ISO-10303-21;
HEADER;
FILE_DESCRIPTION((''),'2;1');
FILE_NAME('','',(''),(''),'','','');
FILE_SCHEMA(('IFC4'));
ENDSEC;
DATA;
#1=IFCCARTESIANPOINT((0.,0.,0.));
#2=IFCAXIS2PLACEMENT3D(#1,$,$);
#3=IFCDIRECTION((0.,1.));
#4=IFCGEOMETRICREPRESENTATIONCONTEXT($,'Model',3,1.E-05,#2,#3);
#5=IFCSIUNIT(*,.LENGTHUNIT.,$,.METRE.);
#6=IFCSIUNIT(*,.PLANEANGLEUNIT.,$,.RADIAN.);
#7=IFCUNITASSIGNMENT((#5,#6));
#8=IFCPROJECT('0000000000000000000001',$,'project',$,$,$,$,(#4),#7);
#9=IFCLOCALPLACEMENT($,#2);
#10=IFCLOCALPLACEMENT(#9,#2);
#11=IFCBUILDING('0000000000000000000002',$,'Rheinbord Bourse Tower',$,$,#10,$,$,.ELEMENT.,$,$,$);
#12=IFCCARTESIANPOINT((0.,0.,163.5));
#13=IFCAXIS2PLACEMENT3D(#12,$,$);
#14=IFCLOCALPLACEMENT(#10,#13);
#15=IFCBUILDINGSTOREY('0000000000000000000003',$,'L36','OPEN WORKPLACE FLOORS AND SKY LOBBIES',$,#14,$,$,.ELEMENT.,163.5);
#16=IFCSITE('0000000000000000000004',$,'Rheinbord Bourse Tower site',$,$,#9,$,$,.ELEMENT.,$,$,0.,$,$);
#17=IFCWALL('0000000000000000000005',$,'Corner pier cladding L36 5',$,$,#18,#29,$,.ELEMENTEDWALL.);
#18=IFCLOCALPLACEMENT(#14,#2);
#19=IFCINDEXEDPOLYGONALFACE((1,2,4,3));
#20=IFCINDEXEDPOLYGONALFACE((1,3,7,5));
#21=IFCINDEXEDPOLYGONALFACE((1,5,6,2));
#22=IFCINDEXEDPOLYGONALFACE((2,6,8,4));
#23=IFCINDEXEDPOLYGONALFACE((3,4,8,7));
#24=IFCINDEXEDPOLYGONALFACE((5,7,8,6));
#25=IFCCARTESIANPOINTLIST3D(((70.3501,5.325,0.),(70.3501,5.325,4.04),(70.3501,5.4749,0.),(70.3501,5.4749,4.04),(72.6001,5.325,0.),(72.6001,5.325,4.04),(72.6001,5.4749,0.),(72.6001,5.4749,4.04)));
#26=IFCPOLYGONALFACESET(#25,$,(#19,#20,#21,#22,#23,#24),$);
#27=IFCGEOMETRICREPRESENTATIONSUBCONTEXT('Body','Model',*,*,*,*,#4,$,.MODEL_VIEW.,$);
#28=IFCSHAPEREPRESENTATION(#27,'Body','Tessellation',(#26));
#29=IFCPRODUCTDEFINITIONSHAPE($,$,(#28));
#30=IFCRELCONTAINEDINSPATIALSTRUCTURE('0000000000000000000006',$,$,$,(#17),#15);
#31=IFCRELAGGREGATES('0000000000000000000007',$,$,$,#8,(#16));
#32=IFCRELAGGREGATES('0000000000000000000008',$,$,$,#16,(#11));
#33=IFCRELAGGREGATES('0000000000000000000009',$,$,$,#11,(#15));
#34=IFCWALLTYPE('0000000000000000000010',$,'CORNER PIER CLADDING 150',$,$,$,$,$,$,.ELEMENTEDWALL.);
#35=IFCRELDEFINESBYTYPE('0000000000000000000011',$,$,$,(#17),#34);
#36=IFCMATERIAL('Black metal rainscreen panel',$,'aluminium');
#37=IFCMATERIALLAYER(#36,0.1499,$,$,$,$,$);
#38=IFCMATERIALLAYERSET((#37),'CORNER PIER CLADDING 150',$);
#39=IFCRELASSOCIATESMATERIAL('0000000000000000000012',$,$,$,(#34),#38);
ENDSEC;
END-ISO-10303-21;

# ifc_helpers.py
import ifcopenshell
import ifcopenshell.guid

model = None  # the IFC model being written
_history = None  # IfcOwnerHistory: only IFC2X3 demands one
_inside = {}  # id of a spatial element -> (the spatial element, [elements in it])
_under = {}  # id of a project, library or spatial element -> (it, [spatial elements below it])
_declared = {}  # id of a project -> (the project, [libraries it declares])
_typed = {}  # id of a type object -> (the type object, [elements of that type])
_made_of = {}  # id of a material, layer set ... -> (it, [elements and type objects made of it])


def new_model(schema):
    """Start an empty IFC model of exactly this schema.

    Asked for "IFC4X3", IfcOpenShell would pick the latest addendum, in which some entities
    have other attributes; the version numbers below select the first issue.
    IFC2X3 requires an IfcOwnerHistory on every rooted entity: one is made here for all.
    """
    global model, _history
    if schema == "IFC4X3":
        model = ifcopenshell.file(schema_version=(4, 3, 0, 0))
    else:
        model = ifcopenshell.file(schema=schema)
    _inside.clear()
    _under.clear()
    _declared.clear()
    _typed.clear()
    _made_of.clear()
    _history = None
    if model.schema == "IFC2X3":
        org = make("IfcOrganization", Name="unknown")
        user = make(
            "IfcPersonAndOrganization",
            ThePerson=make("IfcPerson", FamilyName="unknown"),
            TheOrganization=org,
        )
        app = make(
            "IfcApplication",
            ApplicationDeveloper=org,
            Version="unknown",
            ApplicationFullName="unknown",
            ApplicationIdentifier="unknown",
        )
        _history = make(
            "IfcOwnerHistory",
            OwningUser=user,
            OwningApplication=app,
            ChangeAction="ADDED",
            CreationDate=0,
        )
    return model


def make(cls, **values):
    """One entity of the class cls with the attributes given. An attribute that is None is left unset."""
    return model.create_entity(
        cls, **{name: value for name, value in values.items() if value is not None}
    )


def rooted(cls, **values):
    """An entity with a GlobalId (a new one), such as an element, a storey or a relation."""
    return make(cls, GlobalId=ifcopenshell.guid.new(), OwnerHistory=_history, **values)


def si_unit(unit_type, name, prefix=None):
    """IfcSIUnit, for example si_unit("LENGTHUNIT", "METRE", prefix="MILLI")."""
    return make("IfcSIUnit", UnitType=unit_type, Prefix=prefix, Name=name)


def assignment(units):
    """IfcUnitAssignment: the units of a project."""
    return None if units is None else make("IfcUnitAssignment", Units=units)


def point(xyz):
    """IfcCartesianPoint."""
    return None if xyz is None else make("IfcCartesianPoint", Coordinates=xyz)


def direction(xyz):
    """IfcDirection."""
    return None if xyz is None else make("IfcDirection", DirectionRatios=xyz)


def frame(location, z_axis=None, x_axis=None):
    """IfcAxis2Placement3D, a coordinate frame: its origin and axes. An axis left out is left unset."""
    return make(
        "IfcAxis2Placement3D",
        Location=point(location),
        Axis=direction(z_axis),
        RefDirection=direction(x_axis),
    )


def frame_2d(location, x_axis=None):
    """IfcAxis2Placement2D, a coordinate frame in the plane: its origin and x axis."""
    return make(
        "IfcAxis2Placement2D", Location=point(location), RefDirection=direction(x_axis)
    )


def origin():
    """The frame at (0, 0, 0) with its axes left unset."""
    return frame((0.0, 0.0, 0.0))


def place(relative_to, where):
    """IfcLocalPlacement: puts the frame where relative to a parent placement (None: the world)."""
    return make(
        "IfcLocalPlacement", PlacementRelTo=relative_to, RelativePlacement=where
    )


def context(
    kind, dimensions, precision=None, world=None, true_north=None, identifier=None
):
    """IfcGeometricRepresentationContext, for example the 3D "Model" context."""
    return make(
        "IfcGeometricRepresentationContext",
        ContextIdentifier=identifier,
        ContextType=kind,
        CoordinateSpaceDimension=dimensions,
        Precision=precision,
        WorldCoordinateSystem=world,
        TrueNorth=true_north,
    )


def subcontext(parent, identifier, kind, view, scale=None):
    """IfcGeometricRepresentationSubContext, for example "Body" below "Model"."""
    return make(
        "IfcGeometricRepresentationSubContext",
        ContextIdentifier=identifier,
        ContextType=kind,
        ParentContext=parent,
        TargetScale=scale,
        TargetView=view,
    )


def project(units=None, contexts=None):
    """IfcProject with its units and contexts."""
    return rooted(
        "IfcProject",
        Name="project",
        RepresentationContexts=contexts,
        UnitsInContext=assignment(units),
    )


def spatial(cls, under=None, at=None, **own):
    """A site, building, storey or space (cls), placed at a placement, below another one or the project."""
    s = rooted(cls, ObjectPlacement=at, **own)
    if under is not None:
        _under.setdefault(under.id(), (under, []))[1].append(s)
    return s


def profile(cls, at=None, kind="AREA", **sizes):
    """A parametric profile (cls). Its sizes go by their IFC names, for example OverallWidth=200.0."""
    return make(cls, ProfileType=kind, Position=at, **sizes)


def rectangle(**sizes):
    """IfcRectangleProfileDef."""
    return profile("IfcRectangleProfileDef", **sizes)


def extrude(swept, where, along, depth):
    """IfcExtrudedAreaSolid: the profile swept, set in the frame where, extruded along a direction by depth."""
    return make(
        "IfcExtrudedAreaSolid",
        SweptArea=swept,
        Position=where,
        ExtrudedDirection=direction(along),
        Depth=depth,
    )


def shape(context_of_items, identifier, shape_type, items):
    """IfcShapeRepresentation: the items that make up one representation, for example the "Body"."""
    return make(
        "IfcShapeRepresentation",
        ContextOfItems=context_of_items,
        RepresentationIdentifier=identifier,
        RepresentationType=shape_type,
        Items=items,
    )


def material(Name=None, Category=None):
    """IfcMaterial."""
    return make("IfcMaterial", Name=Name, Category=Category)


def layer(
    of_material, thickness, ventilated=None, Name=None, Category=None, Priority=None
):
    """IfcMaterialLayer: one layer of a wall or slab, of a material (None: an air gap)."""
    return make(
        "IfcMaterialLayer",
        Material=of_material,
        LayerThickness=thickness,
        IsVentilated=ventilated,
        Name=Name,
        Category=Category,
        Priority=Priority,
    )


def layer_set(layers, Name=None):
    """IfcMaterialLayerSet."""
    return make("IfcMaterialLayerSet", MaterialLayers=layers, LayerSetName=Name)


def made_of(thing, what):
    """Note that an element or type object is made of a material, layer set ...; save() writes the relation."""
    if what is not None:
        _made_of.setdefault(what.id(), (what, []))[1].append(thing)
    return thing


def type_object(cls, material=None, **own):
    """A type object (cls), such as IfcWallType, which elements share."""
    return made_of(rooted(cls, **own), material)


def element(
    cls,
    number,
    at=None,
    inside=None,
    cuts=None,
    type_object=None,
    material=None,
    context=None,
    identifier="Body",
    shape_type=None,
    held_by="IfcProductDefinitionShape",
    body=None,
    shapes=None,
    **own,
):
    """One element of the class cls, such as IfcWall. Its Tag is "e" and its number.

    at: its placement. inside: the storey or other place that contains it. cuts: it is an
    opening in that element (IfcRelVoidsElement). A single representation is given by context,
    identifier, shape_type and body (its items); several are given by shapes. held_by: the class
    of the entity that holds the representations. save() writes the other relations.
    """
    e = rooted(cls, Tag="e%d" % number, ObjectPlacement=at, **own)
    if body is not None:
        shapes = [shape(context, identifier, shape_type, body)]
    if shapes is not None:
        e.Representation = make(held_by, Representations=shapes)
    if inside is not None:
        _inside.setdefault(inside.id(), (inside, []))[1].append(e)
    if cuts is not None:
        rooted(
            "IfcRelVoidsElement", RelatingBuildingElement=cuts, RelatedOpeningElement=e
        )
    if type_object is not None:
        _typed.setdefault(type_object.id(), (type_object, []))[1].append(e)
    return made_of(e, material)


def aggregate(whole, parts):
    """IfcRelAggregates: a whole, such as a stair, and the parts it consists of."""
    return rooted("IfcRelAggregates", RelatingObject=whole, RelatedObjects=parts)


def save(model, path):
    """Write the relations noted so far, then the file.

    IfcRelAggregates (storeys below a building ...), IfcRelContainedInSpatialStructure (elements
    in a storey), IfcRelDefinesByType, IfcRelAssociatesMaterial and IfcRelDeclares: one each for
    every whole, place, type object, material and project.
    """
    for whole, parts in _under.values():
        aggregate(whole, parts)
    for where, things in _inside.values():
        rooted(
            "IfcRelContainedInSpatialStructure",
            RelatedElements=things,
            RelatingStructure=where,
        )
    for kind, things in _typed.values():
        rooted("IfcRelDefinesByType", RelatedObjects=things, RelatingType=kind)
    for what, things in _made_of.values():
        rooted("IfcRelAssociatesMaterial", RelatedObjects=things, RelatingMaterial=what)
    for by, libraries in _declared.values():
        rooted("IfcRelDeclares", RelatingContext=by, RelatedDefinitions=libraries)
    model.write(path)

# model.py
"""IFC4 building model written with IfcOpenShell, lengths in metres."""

from ifc_helpers import new_model, si_unit, direction, frame, frame_2d, origin, place, context, subcontext, project, spatial, rectangle, extrude, material, layer, layer_set, type_object, element, save


model = new_model("IFC4")

# Units and contexts
model_context = context("Model", 3, precision=1e-05, world=origin(), true_north=direction((0.0, 1.0)))
body_context = subcontext(model_context, "Body", "Model", "MODEL_VIEW")
ifc_project = project(units=[si_unit("LENGTHUNIT", "METRE"), si_unit("PLANEANGLEUNIT", "RADIAN")], contexts=[model_context])

# Site, building, storey
site_placement = place(None, origin())
site = spatial("IfcSite", under=ifc_project, at=site_placement, Name="Rheinbord Bourse Tower site", CompositionType="ELEMENT", RefElevation=0.0)
building_placement = place(site_placement, origin())
building = spatial("IfcBuilding", under=site, at=building_placement, Name="Rheinbord Bourse Tower", CompositionType="ELEMENT")
storey_placement = place(building_placement, frame((0.0, 0.0, 163.5)))
storey = spatial("IfcBuildingStorey", under=building, at=storey_placement, Name="L36", Description="OPEN WORKPLACE FLOORS AND SKY LOBBIES", CompositionType="ELEMENT", Elevation=163.5)

# Wall
ifc_material_1 = material(Name="Black metal rainscreen panel", Category="aluminium")
ifc_layer_1 = layer(ifc_material_1, 0.1499)
ifc_layer_set_1 = layer_set([ifc_layer_1], Name="CORNER PIER CLADDING 150")
wall_type = type_object("IfcWallType", Name="CORNER PIER CLADDING 150", PredefinedType="ELEMENTEDWALL", material=ifc_layer_set_1)
wall_1_placement = place(storey_placement, frame((70.3501, 5.3999, 0.0), z_axis=(0.0, 0.0, 1.0), x_axis=(1.0, 0.0, 0.0)))
element("IfcWall", 1, at=wall_1_placement, inside=storey, type_object=wall_type, Name="Corner pier cladding L36 5", PredefinedType="ELEMENTEDWALL", context=body_context, shape_type="SweptSolid", body=[
    extrude(rectangle(XDim=2.25, YDim=0.1499, at=frame_2d((1.125, 0.0))), origin(), (0.0, 0.0, 1.0), 4.04),
])

save(model, "model.ifc")
